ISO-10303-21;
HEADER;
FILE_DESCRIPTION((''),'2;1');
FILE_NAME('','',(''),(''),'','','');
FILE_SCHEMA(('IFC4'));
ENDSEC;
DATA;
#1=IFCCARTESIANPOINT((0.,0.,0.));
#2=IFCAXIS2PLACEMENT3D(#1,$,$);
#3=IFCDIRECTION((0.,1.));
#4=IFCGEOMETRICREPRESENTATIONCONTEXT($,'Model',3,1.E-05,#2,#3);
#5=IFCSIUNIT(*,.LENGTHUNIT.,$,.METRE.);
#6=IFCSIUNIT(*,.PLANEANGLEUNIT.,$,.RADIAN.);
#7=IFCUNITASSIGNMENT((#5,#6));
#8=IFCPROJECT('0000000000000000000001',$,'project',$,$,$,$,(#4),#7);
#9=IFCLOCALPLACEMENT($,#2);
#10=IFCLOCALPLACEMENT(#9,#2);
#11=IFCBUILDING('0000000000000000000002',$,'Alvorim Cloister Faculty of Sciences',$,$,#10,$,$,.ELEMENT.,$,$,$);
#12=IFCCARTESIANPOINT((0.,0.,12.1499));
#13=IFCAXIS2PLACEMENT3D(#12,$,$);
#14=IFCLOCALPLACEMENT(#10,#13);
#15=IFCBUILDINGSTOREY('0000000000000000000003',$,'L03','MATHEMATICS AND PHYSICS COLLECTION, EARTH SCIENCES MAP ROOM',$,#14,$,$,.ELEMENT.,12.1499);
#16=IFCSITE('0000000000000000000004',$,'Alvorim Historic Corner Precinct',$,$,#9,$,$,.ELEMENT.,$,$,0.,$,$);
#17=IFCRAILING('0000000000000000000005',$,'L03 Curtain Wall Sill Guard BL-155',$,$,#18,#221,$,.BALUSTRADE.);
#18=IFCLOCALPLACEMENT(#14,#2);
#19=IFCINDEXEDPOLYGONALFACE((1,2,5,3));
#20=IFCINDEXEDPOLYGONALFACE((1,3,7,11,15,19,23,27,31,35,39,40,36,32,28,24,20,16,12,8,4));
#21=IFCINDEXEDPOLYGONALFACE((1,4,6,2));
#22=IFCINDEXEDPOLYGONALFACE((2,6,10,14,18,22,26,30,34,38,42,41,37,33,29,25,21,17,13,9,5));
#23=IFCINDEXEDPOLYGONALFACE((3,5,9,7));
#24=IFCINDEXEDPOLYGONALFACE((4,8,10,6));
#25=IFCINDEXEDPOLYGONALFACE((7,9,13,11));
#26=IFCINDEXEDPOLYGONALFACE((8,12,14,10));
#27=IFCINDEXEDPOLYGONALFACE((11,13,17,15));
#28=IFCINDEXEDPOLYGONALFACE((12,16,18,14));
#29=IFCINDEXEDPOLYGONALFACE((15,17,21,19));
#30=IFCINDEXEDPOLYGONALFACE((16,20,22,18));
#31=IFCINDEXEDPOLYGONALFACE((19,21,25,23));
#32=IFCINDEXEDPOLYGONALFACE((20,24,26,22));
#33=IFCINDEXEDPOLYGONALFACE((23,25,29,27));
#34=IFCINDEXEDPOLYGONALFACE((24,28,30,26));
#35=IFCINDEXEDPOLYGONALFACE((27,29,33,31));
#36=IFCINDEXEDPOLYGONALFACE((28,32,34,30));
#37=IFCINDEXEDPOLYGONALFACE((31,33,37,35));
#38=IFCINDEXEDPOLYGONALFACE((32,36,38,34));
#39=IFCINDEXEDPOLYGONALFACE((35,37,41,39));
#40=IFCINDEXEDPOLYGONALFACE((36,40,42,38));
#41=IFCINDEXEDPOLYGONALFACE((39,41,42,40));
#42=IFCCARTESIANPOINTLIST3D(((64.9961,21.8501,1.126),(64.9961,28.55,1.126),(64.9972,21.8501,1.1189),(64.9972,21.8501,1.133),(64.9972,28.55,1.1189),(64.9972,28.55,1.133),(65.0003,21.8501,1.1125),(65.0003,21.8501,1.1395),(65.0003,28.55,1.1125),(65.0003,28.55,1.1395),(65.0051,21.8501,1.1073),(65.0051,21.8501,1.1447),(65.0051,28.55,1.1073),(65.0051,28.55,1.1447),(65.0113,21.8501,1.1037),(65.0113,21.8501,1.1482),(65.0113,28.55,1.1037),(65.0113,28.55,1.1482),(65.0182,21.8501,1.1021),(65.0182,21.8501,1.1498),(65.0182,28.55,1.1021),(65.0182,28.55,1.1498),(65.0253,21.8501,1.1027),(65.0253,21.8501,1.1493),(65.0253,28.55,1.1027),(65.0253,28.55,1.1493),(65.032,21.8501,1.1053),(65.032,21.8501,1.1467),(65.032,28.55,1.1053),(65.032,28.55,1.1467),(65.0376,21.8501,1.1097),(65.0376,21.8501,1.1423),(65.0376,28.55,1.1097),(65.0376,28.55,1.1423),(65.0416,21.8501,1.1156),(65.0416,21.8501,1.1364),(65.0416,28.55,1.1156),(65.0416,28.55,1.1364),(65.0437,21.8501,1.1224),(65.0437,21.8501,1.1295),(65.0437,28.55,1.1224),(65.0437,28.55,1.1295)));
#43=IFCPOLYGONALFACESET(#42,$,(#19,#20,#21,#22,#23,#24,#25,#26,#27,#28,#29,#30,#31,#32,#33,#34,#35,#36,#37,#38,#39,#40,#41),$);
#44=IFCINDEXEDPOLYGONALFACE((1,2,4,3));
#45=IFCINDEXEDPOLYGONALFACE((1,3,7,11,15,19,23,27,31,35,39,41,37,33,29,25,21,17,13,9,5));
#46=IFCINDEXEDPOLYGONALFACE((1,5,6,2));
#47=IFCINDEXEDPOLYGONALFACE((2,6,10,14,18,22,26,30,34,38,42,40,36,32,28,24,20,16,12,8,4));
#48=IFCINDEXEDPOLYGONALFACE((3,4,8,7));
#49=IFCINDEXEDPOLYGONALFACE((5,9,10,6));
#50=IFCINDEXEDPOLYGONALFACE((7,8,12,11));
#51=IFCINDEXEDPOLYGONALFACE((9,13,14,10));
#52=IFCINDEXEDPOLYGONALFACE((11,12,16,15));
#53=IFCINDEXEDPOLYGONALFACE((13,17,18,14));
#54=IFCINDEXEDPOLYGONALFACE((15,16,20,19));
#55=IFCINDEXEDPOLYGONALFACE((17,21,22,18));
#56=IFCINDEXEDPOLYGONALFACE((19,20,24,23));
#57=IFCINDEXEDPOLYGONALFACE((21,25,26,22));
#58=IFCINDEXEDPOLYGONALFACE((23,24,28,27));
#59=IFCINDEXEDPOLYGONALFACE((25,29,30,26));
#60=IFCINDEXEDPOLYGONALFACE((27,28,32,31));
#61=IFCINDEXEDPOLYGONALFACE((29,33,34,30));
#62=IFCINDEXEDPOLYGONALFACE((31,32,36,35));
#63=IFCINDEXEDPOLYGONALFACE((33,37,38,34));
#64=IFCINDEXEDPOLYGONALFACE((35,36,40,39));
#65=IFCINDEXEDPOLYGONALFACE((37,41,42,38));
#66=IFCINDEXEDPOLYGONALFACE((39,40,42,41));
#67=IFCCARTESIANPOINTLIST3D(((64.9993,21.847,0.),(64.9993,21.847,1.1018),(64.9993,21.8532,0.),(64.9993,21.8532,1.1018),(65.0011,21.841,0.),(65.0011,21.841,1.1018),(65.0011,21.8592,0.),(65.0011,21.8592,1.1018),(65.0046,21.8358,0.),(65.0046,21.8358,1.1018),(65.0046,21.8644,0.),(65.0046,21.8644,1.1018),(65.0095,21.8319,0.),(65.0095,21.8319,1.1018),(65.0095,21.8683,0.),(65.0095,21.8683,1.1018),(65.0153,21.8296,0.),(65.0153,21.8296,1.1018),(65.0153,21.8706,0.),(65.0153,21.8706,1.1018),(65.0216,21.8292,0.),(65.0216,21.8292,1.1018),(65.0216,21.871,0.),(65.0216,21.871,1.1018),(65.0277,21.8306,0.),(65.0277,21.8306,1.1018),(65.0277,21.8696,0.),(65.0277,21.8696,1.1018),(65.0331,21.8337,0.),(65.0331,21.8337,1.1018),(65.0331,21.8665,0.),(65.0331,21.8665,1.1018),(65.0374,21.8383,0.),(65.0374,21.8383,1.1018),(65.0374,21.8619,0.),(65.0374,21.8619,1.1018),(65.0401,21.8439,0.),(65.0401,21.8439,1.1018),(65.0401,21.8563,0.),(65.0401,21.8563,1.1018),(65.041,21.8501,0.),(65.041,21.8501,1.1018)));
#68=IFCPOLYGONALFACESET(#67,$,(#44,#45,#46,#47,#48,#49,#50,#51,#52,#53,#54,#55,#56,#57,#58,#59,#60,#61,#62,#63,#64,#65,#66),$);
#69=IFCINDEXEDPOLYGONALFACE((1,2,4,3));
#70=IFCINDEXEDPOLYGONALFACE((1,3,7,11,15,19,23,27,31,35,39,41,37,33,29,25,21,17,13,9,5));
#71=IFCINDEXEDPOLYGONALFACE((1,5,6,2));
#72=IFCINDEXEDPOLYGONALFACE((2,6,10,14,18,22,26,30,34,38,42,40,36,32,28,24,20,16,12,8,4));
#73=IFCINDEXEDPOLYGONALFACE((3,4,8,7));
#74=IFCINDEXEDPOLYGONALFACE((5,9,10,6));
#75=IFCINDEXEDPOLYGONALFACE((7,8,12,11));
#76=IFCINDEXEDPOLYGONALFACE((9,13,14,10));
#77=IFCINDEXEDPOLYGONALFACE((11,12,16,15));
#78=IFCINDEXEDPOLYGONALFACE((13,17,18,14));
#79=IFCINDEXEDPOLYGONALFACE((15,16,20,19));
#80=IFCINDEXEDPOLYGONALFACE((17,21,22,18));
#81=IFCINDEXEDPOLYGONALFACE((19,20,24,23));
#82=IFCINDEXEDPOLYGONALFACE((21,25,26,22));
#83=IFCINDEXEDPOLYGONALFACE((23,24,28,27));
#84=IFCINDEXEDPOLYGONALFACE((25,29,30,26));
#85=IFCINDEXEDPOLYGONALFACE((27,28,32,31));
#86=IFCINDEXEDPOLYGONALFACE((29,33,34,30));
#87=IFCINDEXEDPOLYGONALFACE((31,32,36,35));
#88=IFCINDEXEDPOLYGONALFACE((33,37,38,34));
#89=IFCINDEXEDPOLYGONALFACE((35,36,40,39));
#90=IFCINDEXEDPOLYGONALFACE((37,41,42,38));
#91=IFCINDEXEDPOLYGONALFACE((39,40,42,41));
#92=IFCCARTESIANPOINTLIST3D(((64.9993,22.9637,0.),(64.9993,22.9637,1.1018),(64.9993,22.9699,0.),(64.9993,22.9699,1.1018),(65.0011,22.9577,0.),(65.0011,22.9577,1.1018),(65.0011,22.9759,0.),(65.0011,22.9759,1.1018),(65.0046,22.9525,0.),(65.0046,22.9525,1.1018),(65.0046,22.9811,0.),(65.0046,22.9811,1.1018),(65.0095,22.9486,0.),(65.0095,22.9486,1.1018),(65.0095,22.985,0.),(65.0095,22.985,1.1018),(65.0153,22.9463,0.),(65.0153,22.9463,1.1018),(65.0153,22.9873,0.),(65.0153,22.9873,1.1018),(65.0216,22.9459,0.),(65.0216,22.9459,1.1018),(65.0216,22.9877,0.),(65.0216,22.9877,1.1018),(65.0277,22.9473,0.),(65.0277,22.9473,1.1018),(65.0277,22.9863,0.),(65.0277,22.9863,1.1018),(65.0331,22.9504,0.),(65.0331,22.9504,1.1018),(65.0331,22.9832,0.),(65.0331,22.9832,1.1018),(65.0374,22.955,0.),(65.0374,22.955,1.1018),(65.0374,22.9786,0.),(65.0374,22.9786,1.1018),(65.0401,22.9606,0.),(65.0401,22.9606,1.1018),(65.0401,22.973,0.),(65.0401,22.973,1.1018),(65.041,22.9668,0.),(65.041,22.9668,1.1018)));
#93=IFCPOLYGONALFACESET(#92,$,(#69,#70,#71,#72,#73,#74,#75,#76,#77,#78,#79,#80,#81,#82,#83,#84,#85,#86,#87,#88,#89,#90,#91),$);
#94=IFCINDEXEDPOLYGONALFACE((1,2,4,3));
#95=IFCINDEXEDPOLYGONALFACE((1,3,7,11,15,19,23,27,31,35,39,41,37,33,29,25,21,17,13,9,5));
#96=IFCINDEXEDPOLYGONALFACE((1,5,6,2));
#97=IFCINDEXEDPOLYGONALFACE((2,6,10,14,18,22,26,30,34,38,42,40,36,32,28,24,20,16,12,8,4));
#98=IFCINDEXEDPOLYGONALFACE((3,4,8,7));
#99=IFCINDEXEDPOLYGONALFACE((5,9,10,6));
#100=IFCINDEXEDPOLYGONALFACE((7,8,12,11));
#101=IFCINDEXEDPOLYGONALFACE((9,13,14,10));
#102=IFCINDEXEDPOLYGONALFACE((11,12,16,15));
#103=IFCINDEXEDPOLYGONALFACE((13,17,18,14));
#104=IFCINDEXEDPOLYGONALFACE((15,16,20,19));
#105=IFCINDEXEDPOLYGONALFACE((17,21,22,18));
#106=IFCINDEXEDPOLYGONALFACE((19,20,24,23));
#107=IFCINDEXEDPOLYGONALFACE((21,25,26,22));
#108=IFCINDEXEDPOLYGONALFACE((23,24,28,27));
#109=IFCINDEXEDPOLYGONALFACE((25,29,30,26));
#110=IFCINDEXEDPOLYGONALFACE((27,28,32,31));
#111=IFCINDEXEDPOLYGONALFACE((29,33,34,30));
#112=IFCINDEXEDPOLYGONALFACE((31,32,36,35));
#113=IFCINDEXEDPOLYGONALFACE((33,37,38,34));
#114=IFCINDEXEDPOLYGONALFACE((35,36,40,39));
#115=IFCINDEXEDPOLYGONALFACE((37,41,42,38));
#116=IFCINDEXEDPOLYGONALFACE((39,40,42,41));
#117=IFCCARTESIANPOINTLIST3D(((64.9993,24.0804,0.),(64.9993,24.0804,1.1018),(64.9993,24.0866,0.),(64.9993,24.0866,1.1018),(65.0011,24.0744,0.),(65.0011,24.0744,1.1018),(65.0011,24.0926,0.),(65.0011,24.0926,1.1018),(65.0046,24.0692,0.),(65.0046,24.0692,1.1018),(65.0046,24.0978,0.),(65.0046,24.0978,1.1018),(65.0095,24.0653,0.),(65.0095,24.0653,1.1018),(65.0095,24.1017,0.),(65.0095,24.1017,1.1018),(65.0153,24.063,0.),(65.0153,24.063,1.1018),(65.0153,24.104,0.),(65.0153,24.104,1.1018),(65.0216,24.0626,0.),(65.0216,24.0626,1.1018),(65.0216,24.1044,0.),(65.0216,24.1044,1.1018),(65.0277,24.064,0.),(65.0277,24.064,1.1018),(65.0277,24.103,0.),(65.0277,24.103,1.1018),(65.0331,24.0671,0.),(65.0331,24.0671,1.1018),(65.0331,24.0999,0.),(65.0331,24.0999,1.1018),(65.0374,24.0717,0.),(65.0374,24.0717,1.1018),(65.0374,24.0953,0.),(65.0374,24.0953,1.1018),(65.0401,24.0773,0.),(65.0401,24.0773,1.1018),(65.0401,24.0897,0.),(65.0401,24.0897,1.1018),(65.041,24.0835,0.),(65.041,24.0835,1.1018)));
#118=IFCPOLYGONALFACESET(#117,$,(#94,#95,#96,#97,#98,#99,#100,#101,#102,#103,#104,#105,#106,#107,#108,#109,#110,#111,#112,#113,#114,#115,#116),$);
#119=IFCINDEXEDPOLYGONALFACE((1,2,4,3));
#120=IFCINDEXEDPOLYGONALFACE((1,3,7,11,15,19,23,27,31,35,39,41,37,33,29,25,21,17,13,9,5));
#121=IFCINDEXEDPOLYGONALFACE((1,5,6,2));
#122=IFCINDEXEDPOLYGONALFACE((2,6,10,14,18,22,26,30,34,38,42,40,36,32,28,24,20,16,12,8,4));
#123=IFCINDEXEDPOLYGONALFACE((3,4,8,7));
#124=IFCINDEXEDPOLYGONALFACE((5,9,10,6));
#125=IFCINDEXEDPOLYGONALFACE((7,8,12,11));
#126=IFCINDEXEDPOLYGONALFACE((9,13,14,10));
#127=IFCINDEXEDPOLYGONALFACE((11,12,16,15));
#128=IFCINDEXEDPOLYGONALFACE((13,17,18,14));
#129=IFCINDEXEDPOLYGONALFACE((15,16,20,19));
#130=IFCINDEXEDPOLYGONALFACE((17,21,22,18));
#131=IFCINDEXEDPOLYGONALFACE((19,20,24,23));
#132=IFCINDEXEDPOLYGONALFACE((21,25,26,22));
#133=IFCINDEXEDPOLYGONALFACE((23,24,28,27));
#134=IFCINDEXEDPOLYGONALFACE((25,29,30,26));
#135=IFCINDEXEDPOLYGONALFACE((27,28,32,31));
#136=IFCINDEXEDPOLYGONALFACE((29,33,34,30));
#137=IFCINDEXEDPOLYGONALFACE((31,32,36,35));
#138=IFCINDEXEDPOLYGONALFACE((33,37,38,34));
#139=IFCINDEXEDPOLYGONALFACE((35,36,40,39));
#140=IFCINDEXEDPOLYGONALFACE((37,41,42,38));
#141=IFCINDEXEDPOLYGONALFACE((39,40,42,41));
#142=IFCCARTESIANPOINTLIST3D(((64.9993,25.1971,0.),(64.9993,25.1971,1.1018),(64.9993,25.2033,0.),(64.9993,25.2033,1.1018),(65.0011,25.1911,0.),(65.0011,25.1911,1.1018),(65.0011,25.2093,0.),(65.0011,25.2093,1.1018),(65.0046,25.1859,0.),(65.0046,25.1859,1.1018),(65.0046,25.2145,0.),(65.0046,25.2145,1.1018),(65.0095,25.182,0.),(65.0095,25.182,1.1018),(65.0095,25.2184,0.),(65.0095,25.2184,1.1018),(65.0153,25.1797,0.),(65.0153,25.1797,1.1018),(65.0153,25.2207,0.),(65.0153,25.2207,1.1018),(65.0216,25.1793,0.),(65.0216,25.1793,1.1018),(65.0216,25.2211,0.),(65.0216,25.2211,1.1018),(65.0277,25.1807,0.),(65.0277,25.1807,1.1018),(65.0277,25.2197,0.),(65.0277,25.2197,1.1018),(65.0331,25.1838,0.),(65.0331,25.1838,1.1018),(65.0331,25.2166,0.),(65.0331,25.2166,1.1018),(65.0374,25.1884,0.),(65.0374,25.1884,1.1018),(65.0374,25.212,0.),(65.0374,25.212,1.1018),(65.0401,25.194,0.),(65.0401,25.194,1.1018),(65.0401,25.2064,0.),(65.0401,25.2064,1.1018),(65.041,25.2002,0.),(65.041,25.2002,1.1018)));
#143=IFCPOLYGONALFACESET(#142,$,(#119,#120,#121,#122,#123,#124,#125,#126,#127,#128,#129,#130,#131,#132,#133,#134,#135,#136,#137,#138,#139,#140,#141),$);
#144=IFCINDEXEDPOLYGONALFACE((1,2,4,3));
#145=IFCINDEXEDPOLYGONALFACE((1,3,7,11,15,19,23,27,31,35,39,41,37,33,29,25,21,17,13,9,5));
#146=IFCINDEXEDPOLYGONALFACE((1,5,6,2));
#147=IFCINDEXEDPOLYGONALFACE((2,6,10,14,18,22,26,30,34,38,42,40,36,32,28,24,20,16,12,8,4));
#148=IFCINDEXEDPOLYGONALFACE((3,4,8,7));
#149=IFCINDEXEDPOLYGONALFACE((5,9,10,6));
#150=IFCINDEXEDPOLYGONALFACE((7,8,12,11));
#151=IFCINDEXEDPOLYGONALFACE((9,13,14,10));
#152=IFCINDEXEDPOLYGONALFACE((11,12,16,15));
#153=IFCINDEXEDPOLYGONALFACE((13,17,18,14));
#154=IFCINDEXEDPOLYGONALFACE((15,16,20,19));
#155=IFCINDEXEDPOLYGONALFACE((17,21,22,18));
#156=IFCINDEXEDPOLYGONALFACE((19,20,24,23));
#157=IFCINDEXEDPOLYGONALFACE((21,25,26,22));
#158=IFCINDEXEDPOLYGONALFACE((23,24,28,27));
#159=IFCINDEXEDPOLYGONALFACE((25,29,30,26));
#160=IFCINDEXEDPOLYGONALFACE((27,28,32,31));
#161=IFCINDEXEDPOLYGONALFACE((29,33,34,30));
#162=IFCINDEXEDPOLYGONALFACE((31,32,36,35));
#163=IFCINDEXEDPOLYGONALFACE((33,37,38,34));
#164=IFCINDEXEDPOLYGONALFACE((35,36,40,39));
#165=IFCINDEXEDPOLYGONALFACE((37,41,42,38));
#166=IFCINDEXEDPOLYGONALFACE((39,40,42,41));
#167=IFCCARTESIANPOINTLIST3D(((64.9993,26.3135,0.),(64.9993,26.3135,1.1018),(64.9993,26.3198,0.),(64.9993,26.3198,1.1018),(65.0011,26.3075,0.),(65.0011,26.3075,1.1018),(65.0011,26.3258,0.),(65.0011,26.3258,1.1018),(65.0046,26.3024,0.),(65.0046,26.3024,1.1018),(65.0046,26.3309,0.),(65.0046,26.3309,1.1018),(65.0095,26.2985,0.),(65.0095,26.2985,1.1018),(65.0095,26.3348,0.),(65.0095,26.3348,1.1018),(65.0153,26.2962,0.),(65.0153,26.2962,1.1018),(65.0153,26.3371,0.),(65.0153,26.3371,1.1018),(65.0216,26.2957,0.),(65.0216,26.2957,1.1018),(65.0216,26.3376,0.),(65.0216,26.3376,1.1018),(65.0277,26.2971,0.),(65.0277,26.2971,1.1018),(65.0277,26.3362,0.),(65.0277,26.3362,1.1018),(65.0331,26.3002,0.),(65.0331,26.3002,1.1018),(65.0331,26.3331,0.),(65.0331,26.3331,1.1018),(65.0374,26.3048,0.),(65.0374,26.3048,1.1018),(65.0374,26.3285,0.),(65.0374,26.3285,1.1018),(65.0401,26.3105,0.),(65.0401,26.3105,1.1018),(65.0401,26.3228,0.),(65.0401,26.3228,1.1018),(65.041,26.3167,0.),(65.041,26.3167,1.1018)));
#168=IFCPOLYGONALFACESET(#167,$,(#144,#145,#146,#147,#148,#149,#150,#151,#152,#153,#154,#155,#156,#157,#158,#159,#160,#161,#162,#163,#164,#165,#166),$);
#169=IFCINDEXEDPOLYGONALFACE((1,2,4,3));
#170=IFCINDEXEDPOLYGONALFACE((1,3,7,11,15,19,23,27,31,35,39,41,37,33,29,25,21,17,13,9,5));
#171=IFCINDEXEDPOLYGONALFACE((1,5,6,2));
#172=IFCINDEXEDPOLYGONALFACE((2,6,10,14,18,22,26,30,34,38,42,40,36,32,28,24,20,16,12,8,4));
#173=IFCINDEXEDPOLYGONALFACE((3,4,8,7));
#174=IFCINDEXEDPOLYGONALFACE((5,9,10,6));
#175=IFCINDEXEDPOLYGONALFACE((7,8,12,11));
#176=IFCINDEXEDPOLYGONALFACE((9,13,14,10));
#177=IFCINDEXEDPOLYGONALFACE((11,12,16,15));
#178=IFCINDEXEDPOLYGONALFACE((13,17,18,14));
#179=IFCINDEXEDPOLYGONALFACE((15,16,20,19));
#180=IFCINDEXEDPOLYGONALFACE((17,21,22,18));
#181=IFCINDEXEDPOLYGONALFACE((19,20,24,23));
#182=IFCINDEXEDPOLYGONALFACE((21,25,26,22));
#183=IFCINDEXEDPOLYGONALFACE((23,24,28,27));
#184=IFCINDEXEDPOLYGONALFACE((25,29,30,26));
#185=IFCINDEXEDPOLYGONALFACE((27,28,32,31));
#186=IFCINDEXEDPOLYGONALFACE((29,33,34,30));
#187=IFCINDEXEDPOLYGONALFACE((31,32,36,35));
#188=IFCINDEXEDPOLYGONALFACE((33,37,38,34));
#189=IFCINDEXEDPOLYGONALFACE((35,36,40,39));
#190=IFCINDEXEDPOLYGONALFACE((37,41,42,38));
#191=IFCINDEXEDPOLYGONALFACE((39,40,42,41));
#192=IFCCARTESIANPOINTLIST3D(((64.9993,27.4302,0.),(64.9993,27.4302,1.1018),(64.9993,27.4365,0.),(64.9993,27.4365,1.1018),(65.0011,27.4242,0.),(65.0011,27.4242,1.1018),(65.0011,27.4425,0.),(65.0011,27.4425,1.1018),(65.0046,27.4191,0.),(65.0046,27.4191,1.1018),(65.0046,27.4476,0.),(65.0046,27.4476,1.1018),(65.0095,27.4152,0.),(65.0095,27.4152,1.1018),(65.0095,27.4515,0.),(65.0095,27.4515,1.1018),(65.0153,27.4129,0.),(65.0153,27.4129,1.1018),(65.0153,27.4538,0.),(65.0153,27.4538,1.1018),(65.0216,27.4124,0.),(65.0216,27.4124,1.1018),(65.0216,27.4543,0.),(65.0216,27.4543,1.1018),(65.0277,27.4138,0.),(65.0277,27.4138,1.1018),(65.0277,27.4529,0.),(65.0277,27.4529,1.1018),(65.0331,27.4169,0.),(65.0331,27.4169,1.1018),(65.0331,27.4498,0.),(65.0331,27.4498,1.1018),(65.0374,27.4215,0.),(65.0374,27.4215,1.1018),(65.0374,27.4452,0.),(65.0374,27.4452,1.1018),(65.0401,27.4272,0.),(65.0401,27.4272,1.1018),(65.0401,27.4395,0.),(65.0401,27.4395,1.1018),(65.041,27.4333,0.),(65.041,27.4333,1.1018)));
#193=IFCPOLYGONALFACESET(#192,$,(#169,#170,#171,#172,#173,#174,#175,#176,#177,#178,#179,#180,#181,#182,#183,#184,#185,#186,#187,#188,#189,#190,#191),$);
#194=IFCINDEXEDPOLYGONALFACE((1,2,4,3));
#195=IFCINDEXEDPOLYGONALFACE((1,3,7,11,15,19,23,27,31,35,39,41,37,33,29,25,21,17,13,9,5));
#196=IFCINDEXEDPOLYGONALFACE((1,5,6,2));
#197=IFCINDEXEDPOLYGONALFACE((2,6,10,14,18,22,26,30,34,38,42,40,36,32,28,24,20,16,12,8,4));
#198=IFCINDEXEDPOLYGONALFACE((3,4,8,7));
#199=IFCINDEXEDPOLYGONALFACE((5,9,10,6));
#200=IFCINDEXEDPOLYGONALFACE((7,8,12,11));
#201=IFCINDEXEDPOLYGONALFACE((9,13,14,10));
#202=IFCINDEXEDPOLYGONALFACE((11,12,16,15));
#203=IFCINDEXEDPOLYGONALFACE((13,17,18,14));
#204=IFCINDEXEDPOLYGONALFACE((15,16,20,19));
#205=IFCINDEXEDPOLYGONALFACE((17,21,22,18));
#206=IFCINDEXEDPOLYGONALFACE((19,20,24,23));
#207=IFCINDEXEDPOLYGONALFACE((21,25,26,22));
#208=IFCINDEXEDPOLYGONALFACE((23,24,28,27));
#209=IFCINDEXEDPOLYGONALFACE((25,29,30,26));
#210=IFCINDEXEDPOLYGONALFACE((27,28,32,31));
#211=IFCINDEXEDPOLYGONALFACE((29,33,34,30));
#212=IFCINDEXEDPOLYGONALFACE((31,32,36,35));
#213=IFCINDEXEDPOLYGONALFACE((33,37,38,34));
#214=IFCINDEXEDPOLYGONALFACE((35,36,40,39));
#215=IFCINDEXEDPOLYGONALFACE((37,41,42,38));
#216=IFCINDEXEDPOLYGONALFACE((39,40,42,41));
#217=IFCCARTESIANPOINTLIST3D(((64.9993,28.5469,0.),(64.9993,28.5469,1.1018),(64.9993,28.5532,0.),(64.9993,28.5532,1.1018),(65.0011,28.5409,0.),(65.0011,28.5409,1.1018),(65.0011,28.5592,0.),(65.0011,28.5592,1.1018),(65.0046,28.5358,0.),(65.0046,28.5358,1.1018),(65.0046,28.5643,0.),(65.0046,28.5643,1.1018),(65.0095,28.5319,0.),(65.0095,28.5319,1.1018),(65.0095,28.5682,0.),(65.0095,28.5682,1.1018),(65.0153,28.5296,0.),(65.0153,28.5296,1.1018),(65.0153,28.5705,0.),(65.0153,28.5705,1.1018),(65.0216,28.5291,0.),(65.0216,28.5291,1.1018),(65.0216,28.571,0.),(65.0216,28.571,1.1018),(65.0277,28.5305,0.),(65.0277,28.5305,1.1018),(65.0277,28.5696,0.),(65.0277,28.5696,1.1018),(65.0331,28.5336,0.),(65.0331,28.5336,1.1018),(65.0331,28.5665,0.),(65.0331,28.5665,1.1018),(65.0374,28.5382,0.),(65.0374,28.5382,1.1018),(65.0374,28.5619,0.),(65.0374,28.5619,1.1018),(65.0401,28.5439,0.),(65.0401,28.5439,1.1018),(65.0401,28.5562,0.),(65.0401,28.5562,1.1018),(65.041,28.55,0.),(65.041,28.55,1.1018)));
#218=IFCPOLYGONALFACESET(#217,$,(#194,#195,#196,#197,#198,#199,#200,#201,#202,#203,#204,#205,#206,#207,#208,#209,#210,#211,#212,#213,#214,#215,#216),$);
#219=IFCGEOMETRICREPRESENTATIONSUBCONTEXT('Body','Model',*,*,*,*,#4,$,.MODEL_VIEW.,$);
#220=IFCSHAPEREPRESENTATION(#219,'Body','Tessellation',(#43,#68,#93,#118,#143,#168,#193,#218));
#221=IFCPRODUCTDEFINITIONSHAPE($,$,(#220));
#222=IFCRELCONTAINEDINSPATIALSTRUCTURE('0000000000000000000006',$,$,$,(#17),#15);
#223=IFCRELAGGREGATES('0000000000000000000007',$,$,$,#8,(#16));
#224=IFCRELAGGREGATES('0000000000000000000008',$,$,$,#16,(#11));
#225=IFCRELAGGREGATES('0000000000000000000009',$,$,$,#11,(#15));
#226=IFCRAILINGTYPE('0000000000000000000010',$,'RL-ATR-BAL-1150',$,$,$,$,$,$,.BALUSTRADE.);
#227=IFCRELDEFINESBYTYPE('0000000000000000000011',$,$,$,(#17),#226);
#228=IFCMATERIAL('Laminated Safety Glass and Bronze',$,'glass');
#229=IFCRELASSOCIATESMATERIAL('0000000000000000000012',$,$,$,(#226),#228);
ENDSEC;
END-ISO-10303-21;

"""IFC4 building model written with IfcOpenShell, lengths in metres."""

from ifc_helpers import new_model, si_unit, direction, frame, origin, origin_2d, place, context, subcontext, project, spatial, circle, extrude, material, type_object, element, save


model = new_model("IFC4")

# Units and contexts
model_context = context("Model", 3, precision=1e-05, world=origin(), true_north=direction((0.0, 1.0)))
body_context = subcontext(model_context, "Body", "Model", "MODEL_VIEW")
ifc_project = project(units=[si_unit("LENGTHUNIT", "METRE"), si_unit("PLANEANGLEUNIT", "RADIAN")], contexts=[model_context])

# Site, building, storey
site_placement = place(None, origin())
site = spatial("IfcSite", under=ifc_project, at=site_placement, Name="Alvorim Historic Corner Precinct", CompositionType="ELEMENT", RefElevation=0.0)
building_placement = place(site_placement, origin())
building = spatial("IfcBuilding", under=site, at=building_placement, Name="Alvorim Cloister Faculty of Sciences", CompositionType="ELEMENT")
storey_placement = place(building_placement, frame((0.0, 0.0, 12.1499)))
storey = spatial("IfcBuildingStorey", under=building, at=storey_placement, Name="L03", Description="MATHEMATICS AND PHYSICS COLLECTION, EARTH SCIENCES MAP ROOM", CompositionType="ELEMENT", Elevation=12.1499)

# Railing
ifc_material_1 = material(Name="Laminated Safety Glass and Bronze", Category="glass")
railing_type = type_object("IfcRailingType", Name="RL-ATR-BAL-1150", PredefinedType="BALUSTRADE", material=ifc_material_1)
railing_1_placement = place(storey_placement, frame((65.02, 21.8501, 0.0)))
element("IfcRailing", 1, at=railing_1_placement, inside=storey, type_object=railing_type, Name="L03 Curtain Wall Sill Guard BL-155", PredefinedType="BALUSTRADE", context=body_context, shape_type="SweptSolid", body=[
    extrude(circle(Radius=0.0239, at=origin_2d()), frame((0.0, 0.0, 1.126), z_axis=(0.0, 1.0, 0.0), x_axis=(-1.0, 0.0, 0.0)), (0.0, 0.0, 1.0), 6.7),
    extrude(circle(Radius=0.021, at=origin_2d()), origin(), (0.0, 0.0, 1.0), 1.1018),
    extrude(circle(Radius=0.021, at=origin_2d()), frame((0.0, 1.1167, 0.0)), (0.0, 0.0, 1.0), 1.1018),
    extrude(circle(Radius=0.021, at=origin_2d()), frame((0.0, 2.2334, 0.0)), (0.0, 0.0, 1.0), 1.1018),
    extrude(circle(Radius=0.021, at=origin_2d()), frame((0.0, 3.3501, 0.0)), (0.0, 0.0, 1.0), 1.1018),
    extrude(circle(Radius=0.021, at=origin_2d()), frame((0.0, 4.4666, 0.0)), (0.0, 0.0, 1.0), 1.1018),
    extrude(circle(Radius=0.021, at=origin_2d()), frame((0.0, 5.5833, 0.0)), (0.0, 0.0, 1.0), 1.1018),
    extrude(circle(Radius=0.021, at=origin_2d()), frame((0.0, 6.7, 0.0)), (0.0, 0.0, 1.0), 1.1018),
])

save(model, "model.ifc")
